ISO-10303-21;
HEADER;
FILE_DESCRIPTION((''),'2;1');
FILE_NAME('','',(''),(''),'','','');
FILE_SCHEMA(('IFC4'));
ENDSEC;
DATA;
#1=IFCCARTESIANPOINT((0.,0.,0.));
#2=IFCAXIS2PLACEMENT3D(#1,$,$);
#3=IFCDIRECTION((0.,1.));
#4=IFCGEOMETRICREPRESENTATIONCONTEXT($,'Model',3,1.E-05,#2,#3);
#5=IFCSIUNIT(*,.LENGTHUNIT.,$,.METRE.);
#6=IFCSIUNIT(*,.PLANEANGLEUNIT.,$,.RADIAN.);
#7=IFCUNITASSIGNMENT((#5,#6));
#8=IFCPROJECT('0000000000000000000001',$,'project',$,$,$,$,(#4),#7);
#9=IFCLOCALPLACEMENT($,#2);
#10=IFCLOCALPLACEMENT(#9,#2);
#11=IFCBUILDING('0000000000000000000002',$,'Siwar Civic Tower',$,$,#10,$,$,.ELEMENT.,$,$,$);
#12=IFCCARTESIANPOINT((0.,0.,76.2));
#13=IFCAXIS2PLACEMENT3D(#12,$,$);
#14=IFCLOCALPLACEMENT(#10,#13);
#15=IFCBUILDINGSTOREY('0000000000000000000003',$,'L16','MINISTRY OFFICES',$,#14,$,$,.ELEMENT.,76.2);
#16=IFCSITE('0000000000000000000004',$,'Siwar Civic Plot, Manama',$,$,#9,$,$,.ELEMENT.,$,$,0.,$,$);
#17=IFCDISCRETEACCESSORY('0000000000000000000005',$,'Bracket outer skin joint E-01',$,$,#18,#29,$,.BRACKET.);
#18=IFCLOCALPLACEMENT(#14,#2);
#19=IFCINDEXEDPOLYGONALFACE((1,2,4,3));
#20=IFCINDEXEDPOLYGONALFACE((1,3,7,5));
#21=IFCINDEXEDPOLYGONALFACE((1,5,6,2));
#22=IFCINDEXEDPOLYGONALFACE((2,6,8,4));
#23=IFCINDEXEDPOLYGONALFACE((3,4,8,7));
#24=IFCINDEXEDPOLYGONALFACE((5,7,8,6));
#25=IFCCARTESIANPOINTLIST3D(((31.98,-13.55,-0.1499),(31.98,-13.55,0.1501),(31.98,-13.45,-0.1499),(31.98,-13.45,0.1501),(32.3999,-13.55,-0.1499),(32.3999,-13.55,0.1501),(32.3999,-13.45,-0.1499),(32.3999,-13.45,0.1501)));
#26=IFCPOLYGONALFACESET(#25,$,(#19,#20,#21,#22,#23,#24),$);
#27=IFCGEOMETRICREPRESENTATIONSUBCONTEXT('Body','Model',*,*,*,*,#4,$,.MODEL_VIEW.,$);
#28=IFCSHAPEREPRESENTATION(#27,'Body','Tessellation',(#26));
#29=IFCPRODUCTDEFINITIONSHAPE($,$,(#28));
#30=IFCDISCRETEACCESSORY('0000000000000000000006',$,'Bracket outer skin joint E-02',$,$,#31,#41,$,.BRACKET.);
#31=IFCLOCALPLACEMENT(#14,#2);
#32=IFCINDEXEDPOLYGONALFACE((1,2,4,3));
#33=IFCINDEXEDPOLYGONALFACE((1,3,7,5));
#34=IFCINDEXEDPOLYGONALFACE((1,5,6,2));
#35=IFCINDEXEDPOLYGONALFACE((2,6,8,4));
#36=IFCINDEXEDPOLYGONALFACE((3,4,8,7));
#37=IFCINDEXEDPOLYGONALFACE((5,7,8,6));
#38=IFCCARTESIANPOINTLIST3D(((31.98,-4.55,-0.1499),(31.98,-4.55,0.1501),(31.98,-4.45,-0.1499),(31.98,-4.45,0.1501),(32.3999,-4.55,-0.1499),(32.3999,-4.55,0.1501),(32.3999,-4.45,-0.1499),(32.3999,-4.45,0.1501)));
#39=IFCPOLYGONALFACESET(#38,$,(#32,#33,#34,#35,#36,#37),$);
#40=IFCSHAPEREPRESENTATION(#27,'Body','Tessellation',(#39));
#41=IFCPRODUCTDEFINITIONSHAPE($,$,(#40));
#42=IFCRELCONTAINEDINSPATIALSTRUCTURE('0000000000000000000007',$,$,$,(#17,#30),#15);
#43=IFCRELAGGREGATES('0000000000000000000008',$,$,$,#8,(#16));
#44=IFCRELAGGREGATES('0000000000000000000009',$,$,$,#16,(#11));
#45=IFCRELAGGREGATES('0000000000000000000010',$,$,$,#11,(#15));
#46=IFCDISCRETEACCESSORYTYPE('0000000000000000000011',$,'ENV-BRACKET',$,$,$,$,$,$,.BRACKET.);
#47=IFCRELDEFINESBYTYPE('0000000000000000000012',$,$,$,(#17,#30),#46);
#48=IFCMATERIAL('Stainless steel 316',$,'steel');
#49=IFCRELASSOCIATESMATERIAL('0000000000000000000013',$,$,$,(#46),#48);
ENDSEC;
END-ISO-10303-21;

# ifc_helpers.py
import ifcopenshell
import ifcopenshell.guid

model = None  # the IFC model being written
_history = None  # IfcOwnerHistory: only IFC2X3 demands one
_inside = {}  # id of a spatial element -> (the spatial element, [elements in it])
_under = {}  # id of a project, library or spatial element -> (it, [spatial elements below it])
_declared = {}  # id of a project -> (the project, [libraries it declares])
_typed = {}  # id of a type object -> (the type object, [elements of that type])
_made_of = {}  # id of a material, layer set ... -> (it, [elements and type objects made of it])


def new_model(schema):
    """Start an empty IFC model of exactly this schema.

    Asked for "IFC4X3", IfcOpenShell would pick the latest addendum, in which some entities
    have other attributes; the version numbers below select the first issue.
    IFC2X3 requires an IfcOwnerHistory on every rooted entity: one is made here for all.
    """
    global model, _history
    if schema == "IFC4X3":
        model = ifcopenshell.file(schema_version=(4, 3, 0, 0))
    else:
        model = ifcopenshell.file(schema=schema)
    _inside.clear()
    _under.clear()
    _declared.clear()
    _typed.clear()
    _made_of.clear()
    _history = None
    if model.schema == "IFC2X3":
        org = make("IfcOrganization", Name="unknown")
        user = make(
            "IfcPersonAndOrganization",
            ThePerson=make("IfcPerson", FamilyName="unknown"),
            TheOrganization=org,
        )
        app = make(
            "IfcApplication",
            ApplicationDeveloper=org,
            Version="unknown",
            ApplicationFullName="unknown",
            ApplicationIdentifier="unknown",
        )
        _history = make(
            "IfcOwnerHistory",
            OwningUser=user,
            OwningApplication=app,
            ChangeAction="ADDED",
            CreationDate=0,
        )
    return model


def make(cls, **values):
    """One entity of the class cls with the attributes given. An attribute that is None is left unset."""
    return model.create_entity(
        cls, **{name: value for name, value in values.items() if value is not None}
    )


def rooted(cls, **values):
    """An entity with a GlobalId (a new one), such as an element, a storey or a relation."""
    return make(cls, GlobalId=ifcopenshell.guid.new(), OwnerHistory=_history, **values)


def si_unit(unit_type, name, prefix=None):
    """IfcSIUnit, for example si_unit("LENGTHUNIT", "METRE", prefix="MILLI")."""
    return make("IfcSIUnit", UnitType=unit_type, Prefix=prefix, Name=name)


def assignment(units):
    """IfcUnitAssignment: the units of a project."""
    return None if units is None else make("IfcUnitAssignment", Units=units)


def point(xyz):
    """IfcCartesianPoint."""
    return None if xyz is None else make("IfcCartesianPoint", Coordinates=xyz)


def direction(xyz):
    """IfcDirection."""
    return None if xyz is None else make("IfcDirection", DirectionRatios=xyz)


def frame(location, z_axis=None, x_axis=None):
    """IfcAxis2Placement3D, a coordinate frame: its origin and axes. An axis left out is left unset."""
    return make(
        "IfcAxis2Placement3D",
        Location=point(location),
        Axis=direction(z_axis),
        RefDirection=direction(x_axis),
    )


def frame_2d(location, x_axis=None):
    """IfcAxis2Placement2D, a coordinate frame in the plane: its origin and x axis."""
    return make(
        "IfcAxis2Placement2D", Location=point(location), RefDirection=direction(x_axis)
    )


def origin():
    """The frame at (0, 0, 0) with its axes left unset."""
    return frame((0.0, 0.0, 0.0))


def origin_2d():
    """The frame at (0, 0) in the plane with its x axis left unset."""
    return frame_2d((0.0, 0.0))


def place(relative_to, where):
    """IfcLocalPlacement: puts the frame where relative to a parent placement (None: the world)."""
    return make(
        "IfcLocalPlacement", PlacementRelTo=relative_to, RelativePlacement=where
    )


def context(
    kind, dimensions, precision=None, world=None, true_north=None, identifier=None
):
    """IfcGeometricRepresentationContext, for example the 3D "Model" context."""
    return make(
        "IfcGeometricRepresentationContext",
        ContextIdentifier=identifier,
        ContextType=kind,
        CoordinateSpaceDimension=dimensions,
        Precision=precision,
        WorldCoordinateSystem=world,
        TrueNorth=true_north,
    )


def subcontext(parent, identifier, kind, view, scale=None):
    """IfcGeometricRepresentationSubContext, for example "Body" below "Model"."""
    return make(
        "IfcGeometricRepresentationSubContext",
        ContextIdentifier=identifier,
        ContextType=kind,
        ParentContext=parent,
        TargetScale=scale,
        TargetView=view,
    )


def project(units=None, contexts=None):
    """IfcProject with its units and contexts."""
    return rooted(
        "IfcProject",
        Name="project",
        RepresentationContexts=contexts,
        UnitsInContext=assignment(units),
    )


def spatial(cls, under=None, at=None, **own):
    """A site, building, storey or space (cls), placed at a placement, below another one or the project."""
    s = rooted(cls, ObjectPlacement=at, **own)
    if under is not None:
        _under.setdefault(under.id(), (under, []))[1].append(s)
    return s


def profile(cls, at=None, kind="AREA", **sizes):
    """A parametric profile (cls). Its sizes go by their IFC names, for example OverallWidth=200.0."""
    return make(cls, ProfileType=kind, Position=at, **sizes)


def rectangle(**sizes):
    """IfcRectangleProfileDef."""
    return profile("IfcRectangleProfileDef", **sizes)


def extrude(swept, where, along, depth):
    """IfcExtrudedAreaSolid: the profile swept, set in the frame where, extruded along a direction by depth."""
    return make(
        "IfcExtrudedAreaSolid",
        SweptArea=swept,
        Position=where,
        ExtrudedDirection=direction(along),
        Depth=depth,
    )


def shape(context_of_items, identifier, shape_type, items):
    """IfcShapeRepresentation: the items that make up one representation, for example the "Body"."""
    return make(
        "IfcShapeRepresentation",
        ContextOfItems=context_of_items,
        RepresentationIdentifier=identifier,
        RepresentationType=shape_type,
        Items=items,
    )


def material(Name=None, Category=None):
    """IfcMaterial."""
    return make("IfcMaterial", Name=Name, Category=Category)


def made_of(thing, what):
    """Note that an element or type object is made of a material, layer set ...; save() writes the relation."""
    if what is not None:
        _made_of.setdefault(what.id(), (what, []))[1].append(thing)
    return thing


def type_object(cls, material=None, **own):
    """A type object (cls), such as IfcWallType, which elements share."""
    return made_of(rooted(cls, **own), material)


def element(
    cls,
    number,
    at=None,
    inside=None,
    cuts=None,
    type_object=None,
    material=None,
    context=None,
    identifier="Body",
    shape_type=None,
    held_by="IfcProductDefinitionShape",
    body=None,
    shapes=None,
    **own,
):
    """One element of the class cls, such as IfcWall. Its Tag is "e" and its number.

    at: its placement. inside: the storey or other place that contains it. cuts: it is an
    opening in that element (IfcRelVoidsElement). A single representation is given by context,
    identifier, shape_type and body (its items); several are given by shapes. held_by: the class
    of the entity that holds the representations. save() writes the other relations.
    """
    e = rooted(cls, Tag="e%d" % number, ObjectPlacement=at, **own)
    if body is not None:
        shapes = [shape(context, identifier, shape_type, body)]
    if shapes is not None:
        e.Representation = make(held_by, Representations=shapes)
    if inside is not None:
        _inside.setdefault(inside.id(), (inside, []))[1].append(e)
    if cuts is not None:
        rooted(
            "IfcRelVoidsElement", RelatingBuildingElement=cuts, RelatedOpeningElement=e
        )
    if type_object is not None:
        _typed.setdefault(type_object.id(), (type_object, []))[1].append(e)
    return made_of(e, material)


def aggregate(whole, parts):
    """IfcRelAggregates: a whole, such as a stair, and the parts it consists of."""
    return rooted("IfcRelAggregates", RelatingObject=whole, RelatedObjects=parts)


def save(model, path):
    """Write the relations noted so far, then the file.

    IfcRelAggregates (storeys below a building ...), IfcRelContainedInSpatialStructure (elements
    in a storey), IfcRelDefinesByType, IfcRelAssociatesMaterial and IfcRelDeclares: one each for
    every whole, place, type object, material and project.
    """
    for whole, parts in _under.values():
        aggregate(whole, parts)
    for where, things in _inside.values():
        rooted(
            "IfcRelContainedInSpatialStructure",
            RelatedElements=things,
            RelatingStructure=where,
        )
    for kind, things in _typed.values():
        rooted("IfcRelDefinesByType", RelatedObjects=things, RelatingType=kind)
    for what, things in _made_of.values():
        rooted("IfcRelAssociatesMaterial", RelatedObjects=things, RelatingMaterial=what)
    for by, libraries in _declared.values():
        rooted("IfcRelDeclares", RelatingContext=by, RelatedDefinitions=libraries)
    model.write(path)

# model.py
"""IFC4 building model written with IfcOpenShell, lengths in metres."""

from ifc_helpers import new_model, si_unit, direction, frame, origin, origin_2d, place, context, subcontext, project, spatial, rectangle, extrude, material, type_object, element, save


model = new_model("IFC4")

# Units and contexts
model_context = context("Model", 3, precision=1e-05, world=origin(), true_north=direction((0.0, 1.0)))
body_context = subcontext(model_context, "Body", "Model", "MODEL_VIEW")
ifc_project = project(units=[si_unit("LENGTHUNIT", "METRE"), si_unit("PLANEANGLEUNIT", "RADIAN")], contexts=[model_context])

# Site, building, storey
site_placement = place(None, origin())
site = spatial("IfcSite", under=ifc_project, at=site_placement, Name="Siwar Civic Plot, Manama", CompositionType="ELEMENT", RefElevation=0.0)
building_placement = place(site_placement, origin())
building = spatial("IfcBuilding", under=site, at=building_placement, Name="Siwar Civic Tower", CompositionType="ELEMENT")
storey_placement = place(building_placement, frame((0.0, 0.0, 76.2)))
storey = spatial("IfcBuildingStorey", under=building, at=storey_placement, Name="L16", Description="MINISTRY OFFICES", CompositionType="ELEMENT", Elevation=76.2)

# Discrete accessories
ifc_material_1 = material(Name="Stainless steel 316", Category="steel")
discrete_accessory_type = type_object("IfcDiscreteAccessoryType", Name="ENV-BRACKET", PredefinedType="BRACKET", material=ifc_material_1)
for number, where, z_axis, x_axis, name in (
    (1, (32.1899, -13.5, -0.1499), (0.0, 0.0, 1.0), (1.0, 0.0, 0.0), "Bracket outer skin joint E-01"),
    (2, (32.1899, -4.5, -0.1499), (0.0, 0.0, 1.0), (1.0, 0.0, 0.0), "Bracket outer skin joint E-02"),
):
    element("IfcDiscreteAccessory", number, at=place(storey_placement, frame(where, z_axis=z_axis, x_axis=x_axis)), inside=storey, type_object=discrete_accessory_type, Name=name, PredefinedType="BRACKET", context=body_context, shape_type="SweptSolid", body=[
        extrude(rectangle(XDim=0.4199, YDim=0.1001, at=origin_2d()), origin(), (0.0, 0.0, 1.0), 0.3),
    ])

save(model, "model.ifc")
